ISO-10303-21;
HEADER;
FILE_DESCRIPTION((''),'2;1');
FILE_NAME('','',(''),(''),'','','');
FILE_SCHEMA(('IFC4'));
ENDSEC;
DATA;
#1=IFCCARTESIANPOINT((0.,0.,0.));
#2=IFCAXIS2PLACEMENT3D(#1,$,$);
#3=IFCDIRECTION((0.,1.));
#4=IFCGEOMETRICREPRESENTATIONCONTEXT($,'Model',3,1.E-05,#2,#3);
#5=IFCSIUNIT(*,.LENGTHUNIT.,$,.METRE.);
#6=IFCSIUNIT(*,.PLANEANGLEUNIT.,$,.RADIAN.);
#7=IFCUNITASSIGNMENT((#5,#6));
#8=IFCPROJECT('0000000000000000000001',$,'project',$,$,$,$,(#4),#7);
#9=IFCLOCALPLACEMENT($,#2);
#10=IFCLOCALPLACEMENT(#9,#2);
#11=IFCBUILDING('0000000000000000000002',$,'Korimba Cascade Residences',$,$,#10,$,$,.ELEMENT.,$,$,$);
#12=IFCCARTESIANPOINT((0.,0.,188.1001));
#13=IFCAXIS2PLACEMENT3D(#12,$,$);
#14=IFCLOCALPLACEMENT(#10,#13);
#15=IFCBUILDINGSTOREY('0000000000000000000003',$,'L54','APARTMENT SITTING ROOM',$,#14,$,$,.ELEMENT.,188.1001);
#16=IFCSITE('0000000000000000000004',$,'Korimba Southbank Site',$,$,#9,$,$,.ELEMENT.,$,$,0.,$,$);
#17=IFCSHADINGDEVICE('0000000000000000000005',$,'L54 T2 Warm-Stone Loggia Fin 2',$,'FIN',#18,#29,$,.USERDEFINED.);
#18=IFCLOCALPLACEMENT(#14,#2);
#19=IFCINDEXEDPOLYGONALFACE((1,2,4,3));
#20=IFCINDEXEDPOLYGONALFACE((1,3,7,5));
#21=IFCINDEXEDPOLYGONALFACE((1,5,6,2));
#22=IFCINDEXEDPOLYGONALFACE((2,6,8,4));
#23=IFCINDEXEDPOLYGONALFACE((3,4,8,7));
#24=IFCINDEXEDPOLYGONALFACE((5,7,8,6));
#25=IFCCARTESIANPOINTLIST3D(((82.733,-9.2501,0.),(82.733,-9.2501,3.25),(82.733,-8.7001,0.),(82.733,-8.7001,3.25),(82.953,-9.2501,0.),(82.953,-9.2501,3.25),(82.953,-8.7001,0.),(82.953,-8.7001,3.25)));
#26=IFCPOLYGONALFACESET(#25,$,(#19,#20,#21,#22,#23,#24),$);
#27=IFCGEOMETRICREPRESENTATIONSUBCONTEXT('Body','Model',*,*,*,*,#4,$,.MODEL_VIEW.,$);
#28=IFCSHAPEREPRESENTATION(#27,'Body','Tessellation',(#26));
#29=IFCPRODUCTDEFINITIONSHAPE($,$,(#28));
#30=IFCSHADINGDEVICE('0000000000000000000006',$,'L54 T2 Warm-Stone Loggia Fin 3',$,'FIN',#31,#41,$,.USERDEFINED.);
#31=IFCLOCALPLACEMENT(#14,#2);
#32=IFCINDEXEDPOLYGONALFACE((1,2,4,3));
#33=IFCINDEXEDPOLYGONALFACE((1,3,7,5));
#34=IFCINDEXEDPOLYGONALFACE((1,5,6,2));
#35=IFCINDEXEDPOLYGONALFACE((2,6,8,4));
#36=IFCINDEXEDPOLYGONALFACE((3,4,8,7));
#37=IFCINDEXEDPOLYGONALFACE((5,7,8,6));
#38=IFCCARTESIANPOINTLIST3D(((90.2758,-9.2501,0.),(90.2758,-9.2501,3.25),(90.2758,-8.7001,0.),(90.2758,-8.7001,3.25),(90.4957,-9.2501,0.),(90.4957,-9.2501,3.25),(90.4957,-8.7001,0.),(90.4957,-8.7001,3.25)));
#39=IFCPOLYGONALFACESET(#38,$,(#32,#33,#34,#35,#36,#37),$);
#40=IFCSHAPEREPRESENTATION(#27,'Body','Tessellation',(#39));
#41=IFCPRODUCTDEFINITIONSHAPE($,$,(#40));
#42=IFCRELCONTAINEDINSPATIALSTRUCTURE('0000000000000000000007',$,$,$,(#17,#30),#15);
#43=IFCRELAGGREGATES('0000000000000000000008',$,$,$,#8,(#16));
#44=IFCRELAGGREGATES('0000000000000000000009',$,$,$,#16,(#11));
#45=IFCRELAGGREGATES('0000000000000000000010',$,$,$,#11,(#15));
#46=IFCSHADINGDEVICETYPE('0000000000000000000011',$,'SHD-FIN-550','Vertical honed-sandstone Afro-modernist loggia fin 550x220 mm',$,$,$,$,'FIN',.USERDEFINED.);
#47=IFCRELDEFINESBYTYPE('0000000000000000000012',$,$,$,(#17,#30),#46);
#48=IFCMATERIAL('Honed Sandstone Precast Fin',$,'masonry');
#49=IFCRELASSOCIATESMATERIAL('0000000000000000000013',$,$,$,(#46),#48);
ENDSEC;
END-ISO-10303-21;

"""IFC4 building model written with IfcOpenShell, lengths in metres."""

from ifc_helpers import new_model, si_unit, direction, frame, origin, origin_2d, place, context, subcontext, project, spatial, rectangle, extrude, material, type_object, element, save


model = new_model("IFC4")

# Units and contexts
model_context = context("Model", 3, precision=1e-05, world=origin(), true_north=direction((0.0, 1.0)))
body_context = subcontext(model_context, "Body", "Model", "MODEL_VIEW")
ifc_project = project(units=[si_unit("LENGTHUNIT", "METRE"), si_unit("PLANEANGLEUNIT", "RADIAN")], contexts=[model_context])

# Site, building, storey
site_placement = place(None, origin())
site = spatial("IfcSite", under=ifc_project, at=site_placement, Name="Korimba Southbank Site", CompositionType="ELEMENT", RefElevation=0.0)
building_placement = place(site_placement, origin())
building = spatial("IfcBuilding", under=site, at=building_placement, Name="Korimba Cascade Residences", CompositionType="ELEMENT")
storey_placement = place(building_placement, frame((0.0, 0.0, 188.1001)))
storey = spatial("IfcBuildingStorey", under=building, at=storey_placement, Name="L54", Description="APARTMENT SITTING ROOM", CompositionType="ELEMENT", Elevation=188.1001)

# Shading devices
ifc_material_1 = material(Name="Honed Sandstone Precast Fin", Category="masonry")
shading_device_type = type_object("IfcShadingDeviceType", Name="SHD-FIN-550", Description="Vertical honed-sandstone Afro-modernist loggia fin 550x220 mm", ElementType="FIN", PredefinedType="USERDEFINED", material=ifc_material_1)
for number, where, z_axis, x_axis, name in (
    (1, (82.843, -8.9751, 0.0), (0.0, 0.0, 1.0), (1.0, 0.0, 0.0), "L54 T2 Warm-Stone Loggia Fin 2"),
    (2, (90.3857, -8.9751, 0.0), (0.0, 0.0, 1.0), (1.0, 0.0, 0.0), "L54 T2 Warm-Stone Loggia Fin 3"),
):
    element("IfcShadingDevice", number, at=place(storey_placement, frame(where, z_axis=z_axis, x_axis=x_axis)), inside=storey, type_object=shading_device_type, Name=name, ObjectType="FIN", PredefinedType="USERDEFINED", context=body_context, shape_type="SweptSolid", body=[
        extrude(rectangle(XDim=0.22, YDim=0.55, at=origin_2d()), origin(), (0.0, 0.0, 1.0), 3.25),
    ])

save(model, "model.ifc")
